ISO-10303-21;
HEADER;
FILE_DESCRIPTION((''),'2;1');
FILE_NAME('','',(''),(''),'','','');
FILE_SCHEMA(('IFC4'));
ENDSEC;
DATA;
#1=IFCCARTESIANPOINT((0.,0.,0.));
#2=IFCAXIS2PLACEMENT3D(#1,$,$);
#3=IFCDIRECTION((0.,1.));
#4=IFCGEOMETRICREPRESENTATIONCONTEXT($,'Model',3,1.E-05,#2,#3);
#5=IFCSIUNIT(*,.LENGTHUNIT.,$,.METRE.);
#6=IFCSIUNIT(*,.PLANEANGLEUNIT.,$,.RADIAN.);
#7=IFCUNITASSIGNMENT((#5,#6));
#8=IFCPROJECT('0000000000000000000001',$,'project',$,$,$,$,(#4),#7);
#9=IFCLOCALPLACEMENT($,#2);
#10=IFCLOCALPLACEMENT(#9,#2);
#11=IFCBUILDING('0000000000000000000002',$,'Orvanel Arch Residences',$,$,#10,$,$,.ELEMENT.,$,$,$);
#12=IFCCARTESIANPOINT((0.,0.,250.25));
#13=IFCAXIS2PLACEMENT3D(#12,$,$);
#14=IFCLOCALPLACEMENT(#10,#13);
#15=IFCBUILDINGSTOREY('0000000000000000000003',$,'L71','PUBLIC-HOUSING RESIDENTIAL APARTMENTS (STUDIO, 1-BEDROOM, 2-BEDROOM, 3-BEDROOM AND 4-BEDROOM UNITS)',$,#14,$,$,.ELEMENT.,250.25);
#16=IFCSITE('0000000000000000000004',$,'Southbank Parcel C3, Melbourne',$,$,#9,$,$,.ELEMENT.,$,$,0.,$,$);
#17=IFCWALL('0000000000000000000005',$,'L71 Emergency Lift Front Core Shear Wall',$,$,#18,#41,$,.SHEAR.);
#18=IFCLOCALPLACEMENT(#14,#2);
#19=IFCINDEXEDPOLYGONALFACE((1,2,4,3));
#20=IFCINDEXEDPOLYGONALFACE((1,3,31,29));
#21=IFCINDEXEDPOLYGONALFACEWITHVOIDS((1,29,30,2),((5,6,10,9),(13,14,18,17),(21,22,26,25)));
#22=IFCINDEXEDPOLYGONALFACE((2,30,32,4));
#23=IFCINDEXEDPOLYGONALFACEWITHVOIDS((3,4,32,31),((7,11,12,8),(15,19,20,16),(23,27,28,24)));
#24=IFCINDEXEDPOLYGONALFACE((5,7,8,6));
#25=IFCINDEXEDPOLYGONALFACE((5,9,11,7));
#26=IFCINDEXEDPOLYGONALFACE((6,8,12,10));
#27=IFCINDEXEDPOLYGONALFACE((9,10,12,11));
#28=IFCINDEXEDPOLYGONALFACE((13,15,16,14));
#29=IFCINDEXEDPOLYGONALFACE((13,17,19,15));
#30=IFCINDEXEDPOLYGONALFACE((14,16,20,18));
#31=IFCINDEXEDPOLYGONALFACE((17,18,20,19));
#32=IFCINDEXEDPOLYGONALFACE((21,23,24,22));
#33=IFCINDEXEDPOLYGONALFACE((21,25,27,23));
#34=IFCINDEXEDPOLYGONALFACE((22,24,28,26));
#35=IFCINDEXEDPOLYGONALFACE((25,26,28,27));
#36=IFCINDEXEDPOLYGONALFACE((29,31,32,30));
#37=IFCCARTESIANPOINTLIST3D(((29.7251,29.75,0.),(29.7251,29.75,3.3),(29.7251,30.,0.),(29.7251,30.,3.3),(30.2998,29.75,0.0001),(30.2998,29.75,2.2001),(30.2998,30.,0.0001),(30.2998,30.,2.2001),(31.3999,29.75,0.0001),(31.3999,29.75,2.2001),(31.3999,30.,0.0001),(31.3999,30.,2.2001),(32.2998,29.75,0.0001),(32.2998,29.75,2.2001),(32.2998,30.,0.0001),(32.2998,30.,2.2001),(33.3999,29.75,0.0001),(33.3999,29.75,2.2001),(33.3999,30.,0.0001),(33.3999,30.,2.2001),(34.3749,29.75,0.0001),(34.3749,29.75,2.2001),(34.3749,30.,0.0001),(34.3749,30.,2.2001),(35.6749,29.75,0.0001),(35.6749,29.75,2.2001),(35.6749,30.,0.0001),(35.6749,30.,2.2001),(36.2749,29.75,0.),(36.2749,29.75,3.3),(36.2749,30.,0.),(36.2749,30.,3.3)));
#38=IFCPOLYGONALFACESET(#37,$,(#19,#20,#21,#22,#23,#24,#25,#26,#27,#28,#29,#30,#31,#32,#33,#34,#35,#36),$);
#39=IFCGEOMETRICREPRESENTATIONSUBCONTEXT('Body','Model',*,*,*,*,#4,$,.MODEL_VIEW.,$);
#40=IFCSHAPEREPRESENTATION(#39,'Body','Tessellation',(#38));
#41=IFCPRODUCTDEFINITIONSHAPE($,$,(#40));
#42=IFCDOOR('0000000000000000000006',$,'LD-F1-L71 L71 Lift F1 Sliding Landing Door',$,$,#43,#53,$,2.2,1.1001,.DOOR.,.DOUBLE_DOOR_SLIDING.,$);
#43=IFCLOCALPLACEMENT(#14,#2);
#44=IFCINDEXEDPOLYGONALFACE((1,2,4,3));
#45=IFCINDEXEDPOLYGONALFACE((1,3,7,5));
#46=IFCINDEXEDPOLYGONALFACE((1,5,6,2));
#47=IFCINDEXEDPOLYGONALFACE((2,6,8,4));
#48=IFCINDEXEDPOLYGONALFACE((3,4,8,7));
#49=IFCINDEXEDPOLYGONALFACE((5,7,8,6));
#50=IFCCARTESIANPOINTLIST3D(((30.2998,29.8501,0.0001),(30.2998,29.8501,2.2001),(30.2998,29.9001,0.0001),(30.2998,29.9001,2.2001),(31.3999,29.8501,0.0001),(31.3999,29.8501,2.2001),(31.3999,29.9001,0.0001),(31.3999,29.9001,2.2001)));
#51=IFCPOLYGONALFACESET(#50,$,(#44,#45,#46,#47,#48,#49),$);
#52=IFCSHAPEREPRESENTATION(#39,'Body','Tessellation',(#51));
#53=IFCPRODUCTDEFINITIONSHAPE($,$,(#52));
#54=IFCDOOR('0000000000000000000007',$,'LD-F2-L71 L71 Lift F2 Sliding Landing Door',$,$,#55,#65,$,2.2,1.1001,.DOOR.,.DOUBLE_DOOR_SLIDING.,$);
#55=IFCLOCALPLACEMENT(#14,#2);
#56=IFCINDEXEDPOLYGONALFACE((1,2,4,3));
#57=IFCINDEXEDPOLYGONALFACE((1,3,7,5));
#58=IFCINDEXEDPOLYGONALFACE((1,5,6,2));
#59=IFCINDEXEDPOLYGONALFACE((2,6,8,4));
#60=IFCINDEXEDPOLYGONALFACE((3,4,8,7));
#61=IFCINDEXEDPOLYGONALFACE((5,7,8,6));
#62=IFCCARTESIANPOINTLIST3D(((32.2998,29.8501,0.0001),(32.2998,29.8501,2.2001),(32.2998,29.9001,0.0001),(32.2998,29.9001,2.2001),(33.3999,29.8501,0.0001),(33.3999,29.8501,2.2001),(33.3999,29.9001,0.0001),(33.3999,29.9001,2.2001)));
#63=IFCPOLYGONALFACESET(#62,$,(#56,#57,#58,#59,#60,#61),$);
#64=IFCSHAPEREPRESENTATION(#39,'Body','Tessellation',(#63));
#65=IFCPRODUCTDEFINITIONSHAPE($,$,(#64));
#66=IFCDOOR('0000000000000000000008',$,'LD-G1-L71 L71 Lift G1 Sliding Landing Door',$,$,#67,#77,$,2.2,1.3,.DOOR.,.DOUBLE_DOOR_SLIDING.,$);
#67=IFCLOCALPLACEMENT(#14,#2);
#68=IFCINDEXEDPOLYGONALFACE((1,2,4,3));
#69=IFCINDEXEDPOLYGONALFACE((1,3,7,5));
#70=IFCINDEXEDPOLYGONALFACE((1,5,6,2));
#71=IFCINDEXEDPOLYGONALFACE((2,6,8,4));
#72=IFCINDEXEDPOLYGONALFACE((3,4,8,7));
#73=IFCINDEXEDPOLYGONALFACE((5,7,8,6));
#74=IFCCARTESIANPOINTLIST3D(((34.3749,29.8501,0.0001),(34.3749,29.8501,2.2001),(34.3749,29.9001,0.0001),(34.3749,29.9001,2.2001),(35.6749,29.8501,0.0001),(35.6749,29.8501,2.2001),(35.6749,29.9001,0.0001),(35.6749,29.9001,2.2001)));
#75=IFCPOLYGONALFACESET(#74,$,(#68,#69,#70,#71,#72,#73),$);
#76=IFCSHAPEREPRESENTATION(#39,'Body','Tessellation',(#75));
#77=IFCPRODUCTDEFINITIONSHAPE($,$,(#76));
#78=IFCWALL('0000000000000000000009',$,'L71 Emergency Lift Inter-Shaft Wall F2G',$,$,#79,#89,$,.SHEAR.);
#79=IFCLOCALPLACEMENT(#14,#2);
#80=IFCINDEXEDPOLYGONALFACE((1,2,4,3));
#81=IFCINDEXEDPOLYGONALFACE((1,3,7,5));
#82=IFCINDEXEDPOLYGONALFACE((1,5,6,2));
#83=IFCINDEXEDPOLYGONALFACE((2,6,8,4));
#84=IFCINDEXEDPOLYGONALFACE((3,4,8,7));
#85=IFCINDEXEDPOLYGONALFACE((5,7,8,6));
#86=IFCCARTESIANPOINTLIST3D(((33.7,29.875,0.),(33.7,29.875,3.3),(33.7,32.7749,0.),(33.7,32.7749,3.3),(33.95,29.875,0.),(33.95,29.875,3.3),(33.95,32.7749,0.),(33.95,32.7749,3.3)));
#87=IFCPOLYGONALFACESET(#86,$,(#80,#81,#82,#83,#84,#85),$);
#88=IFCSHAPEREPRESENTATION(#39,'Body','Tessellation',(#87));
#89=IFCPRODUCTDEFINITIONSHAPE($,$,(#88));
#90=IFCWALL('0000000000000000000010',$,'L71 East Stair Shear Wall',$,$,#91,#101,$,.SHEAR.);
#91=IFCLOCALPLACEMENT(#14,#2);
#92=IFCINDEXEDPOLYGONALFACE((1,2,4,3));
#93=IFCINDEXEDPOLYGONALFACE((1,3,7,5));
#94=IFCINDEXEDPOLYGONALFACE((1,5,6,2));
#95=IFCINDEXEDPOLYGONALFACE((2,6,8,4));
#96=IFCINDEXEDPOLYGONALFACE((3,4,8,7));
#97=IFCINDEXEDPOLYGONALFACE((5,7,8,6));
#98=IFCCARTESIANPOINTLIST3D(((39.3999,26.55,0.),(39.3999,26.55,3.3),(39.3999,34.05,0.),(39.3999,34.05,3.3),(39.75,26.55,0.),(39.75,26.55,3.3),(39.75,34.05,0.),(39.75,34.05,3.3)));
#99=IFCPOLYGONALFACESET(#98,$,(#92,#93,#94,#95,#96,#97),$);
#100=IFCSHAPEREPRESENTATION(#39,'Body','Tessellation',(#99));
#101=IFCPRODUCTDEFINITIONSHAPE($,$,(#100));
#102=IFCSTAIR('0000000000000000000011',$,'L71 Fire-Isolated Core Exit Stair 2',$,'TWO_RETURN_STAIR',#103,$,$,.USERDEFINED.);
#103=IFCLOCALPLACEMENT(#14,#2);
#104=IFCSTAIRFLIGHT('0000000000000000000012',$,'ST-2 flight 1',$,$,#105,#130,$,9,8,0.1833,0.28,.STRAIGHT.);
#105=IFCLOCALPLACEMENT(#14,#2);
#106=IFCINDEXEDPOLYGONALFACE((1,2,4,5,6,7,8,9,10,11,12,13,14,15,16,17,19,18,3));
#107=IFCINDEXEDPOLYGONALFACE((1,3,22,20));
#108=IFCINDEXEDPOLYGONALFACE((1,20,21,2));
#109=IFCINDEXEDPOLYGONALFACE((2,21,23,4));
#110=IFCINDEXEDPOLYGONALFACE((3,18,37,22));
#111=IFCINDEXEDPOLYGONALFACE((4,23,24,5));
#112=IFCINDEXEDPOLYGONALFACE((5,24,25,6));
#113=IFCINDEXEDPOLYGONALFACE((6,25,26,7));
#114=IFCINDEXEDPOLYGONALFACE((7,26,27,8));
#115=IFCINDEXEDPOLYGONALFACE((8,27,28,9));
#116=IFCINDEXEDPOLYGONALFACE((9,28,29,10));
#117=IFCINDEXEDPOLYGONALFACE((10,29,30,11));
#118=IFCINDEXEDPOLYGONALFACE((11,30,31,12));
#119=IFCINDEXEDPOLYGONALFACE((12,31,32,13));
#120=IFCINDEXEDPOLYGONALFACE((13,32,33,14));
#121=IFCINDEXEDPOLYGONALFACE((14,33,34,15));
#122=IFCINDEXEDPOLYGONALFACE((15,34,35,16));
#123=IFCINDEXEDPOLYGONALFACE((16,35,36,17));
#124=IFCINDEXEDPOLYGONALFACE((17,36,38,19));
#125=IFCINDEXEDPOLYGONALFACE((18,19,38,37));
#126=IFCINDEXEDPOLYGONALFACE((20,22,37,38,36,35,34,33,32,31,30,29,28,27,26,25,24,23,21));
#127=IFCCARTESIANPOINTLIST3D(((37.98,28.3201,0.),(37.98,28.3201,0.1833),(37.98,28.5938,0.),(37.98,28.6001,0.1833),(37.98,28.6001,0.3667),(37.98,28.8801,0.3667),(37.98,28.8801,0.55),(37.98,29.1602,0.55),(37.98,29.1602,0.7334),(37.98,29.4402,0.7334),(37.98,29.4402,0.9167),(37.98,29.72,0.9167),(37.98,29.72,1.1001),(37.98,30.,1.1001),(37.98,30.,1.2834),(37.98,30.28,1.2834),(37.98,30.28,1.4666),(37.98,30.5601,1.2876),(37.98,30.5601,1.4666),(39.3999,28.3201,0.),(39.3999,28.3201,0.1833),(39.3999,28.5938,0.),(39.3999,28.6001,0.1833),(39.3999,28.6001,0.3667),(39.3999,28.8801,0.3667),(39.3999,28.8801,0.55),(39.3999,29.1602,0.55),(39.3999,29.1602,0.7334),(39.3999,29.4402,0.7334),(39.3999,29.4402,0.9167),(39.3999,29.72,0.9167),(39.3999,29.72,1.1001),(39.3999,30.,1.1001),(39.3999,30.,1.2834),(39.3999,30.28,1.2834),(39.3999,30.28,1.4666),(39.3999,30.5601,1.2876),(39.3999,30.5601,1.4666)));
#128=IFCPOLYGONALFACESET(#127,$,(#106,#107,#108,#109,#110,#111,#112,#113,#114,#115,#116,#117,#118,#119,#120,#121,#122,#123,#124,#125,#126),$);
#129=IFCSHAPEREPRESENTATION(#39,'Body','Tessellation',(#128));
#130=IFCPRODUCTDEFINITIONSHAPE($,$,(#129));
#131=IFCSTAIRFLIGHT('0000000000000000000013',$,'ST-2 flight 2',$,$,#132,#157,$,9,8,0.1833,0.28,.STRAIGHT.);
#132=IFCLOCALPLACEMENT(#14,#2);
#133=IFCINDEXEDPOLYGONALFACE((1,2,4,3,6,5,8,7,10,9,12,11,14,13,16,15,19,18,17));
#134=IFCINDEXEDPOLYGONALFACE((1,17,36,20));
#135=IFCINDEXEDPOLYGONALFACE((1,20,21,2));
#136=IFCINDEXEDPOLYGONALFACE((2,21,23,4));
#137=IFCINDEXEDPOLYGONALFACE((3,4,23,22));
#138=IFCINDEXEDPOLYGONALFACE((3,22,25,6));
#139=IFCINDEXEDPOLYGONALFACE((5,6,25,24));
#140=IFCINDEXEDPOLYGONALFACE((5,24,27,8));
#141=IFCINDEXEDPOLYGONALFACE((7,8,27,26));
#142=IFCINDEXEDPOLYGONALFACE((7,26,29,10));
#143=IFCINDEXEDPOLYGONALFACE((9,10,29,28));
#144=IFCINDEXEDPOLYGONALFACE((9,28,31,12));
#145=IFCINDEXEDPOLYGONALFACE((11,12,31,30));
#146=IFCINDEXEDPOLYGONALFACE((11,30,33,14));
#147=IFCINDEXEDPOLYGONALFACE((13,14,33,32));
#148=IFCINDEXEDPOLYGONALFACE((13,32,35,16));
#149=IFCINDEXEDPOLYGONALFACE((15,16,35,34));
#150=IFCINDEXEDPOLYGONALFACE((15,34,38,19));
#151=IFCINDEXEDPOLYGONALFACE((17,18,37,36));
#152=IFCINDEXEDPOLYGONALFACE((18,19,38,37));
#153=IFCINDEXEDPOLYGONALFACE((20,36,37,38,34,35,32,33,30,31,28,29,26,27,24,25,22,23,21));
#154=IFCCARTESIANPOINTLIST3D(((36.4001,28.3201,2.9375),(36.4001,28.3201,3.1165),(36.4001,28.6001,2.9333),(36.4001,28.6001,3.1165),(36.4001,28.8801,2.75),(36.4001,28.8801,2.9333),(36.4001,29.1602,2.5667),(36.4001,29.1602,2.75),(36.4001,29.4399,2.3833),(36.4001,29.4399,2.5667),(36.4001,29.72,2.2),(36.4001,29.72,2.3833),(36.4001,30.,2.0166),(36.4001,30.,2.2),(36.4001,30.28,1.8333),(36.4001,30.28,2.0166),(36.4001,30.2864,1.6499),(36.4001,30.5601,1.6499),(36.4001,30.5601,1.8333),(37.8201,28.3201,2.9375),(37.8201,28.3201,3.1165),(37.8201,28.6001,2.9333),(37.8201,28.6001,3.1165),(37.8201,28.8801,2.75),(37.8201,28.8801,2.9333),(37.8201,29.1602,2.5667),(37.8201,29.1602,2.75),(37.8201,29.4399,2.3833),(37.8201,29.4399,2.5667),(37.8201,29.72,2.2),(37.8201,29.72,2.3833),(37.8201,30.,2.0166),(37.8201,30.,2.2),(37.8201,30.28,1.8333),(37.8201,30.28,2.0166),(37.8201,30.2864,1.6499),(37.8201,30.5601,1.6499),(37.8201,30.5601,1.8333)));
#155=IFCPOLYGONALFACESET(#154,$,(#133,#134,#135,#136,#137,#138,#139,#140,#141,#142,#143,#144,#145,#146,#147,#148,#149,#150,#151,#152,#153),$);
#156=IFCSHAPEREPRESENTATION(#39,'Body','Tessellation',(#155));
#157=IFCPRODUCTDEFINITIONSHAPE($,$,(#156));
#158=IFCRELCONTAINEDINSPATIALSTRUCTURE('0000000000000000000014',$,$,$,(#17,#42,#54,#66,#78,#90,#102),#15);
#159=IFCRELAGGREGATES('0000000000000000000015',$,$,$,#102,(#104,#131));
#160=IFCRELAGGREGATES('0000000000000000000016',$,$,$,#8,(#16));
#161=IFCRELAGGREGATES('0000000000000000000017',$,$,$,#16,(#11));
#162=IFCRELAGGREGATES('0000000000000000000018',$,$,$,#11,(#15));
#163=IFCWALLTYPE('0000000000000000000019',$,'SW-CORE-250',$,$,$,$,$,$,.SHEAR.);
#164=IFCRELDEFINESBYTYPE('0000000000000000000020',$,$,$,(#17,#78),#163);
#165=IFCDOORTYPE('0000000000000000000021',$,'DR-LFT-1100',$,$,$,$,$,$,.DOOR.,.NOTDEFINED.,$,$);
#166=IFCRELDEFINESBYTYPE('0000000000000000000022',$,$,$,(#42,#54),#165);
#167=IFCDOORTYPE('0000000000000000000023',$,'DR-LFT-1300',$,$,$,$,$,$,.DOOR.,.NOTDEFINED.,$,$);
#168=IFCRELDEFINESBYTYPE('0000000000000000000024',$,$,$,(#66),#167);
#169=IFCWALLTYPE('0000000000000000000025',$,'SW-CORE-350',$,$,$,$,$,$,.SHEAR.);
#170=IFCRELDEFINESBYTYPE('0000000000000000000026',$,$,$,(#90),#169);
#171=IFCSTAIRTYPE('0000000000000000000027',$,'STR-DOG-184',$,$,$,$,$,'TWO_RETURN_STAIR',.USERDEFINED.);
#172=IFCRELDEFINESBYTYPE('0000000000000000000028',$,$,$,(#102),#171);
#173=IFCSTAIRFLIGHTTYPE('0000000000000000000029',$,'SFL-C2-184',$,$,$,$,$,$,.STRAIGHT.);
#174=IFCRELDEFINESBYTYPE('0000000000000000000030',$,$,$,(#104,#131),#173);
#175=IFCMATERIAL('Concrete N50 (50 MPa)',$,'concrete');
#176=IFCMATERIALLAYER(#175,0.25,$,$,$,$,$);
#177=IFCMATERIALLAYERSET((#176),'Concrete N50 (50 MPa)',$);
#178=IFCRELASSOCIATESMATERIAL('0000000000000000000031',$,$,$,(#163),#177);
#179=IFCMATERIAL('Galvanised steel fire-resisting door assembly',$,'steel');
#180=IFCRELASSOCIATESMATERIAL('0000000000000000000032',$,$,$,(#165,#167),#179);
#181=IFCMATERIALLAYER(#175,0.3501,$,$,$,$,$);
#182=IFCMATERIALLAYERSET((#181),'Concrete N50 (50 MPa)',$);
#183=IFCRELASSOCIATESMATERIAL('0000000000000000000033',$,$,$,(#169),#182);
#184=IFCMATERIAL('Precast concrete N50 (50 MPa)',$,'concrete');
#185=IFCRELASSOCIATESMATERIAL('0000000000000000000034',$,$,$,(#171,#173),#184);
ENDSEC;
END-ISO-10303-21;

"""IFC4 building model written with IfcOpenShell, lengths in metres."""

from ifc_helpers import new_model, si_unit, direction, frame, frame_2d, origin, place, context, subcontext, project, spatial, polyline, rectangle, outline, extrude, material, layer, layer_set, type_object, element, fill, aggregate, save


model = new_model("IFC4")

# Units and contexts
model_context = context("Model", 3, precision=1e-05, world=origin(), true_north=direction((0.0, 1.0)))
body_context = subcontext(model_context, "Body", "Model", "MODEL_VIEW")
ifc_project = project(units=[si_unit("LENGTHUNIT", "METRE"), si_unit("PLANEANGLEUNIT", "RADIAN")], contexts=[model_context])

# Site, building, storey
site_placement = place(None, origin())
site = spatial("IfcSite", under=ifc_project, at=site_placement, Name="Southbank Parcel C3, Melbourne", CompositionType="ELEMENT", RefElevation=0.0)
building_placement = place(site_placement, origin())
building = spatial("IfcBuilding", under=site, at=building_placement, Name="Orvanel Arch Residences", CompositionType="ELEMENT")
storey_placement = place(building_placement, frame((0.0, 0.0, 250.25)))
storey = spatial("IfcBuildingStorey", under=building, at=storey_placement, Name="L71", Description="PUBLIC-HOUSING RESIDENTIAL APARTMENTS (STUDIO, 1-BEDROOM, 2-BEDROOM, 3-BEDROOM AND 4-BEDROOM UNITS)", CompositionType="ELEMENT", Elevation=250.25)

# Shared definitions
ifc_material_1 = material(Name="Concrete N50 (50 MPa)", Category="concrete")
ifc_layer_1 = layer(ifc_material_1, 0.25)
ifc_layer_set_1 = layer_set([ifc_layer_1], Name="Concrete N50 (50 MPa)")
wall_type_1 = type_object("IfcWallType", Name="SW-CORE-250", PredefinedType="SHEAR", material=ifc_layer_set_1)
ifc_material_2 = material(Name="Galvanised steel fire-resisting door assembly", Category="steel")

# Wall, openings, doors
wall_1_placement = place(storey_placement, frame((36.2749, 29.875, 0.0), z_axis=(0.0, 0.0, 1.0), x_axis=(-1.0, 0.0, 0.0)))
wall_1 = element("IfcWall", 1, at=wall_1_placement, inside=storey, type_object=wall_type_1, Name="L71 Emergency Lift Front Core Shear Wall", PredefinedType="SHEAR", context=body_context, shape_type="SweptSolid", body=[
    extrude(rectangle(XDim=6.5498, YDim=0.25, at=frame_2d((3.2749, 0.0))), origin(), (0.0, 0.0, 1.0), 3.3),
])
opening_1_placement = place(wall_1_placement, frame((4.875, 0.0, 0.0)))
opening_1 = element("IfcOpeningElement", 2, at=opening_1_placement, cuts=wall_1, PredefinedType="OPENING", context=body_context, shape_type="SweptSolid", body=[
    extrude(rectangle(XDim=1.1001, YDim=2.2, at=frame_2d((0.55, 1.1001))), frame((0.0, 0.135, 0.0), z_axis=(0.0, -1.0, 0.0), x_axis=(1.0, 0.0, 0.0)), (0.0, 0.0, 1.0), 0.27),
])
opening_2_placement = place(wall_1_placement, frame((2.875, 0.0, 0.0)))
opening_2 = element("IfcOpeningElement", 3, at=opening_2_placement, cuts=wall_1, PredefinedType="OPENING", context=body_context, shape_type="SweptSolid", body=[
    extrude(rectangle(XDim=1.1001, YDim=2.2, at=frame_2d((0.55, 1.1001))), frame((0.0, 0.135, 0.0), z_axis=(0.0, -1.0, 0.0), x_axis=(1.0, 0.0, 0.0)), (0.0, 0.0, 1.0), 0.27),
])
opening_3_placement = place(wall_1_placement, frame((0.6001, 0.0, 0.0)))
opening_3 = element("IfcOpeningElement", 4, at=opening_3_placement, cuts=wall_1, PredefinedType="OPENING", context=body_context, shape_type="SweptSolid", body=[
    extrude(rectangle(XDim=1.3, YDim=2.2, at=frame_2d((0.6499, 1.1001))), frame((0.0, 0.135, 0.0), z_axis=(0.0, -1.0, 0.0), x_axis=(1.0, 0.0, 0.0)), (0.0, 0.0, 1.0), 0.27),
])
door_type_1 = type_object("IfcDoorType", Name="DR-LFT-1100", OperationType="NOTDEFINED", PredefinedType="DOOR", material=ifc_material_2)
door_1_placement = place(opening_1_placement, origin())
door_1 = element("IfcDoor", 5, at=door_1_placement, inside=storey, type_object=door_type_1, Name="LD-F1-L71 L71 Lift F1 Sliding Landing Door", OperationType="DOUBLE_DOOR_SLIDING", OverallHeight=2.2, OverallWidth=1.1001, PredefinedType="DOOR", context=body_context, shape_type="SweptSolid", body=[
    extrude(rectangle(XDim=1.1001, YDim=2.2, at=frame_2d((0.55, 1.1001))), frame((0.0, 0.0249, 0.0), z_axis=(0.0, -1.0, 0.0), x_axis=(1.0, 0.0, 0.0)), (0.0, 0.0, 1.0), 0.05),
])
fill(opening_1, door_1)
door_2_placement = place(opening_2_placement, origin())
door_2 = element("IfcDoor", 6, at=door_2_placement, inside=storey, type_object=door_type_1, Name="LD-F2-L71 L71 Lift F2 Sliding Landing Door", OperationType="DOUBLE_DOOR_SLIDING", OverallHeight=2.2, OverallWidth=1.1001, PredefinedType="DOOR", context=body_context, shape_type="SweptSolid", body=[
    extrude(rectangle(XDim=1.1001, YDim=2.2, at=frame_2d((0.55, 1.1001))), frame((0.0, 0.0249, 0.0), z_axis=(0.0, -1.0, 0.0), x_axis=(1.0, 0.0, 0.0)), (0.0, 0.0, 1.0), 0.05),
])
fill(opening_2, door_2)
door_type_2 = type_object("IfcDoorType", Name="DR-LFT-1300", OperationType="NOTDEFINED", PredefinedType="DOOR", material=ifc_material_2)
door_3_placement = place(opening_3_placement, origin())
door_3 = element("IfcDoor", 7, at=door_3_placement, inside=storey, type_object=door_type_2, Name="LD-G1-L71 L71 Lift G1 Sliding Landing Door", OperationType="DOUBLE_DOOR_SLIDING", OverallHeight=2.2, OverallWidth=1.3, PredefinedType="DOOR", context=body_context, shape_type="SweptSolid", body=[
    extrude(rectangle(XDim=1.3, YDim=2.2, at=frame_2d((0.6499, 1.1001))), frame((0.0, 0.0249, 0.0), z_axis=(0.0, -1.0, 0.0), x_axis=(1.0, 0.0, 0.0)), (0.0, 0.0, 1.0), 0.05),
])
fill(opening_3, door_3)

# Walls
wall_2_placement = place(storey_placement, frame((33.825, 29.875, 0.0), z_axis=(0.0, 0.0, 1.0), x_axis=(0.0, 1.0, 0.0)))
element("IfcWall", 8, at=wall_2_placement, inside=storey, type_object=wall_type_1, Name="L71 Emergency Lift Inter-Shaft Wall F2G", PredefinedType="SHEAR", context=body_context, shape_type="SweptSolid", body=[
    extrude(rectangle(XDim=2.8999, YDim=0.25, at=frame_2d((1.45, 0.0))), origin(), (0.0, 0.0, 1.0), 3.3),
])
ifc_layer_2 = layer(ifc_material_1, 0.3501)
ifc_layer_set_2 = layer_set([ifc_layer_2], Name="Concrete N50 (50 MPa)")
wall_type_2 = type_object("IfcWallType", Name="SW-CORE-350", PredefinedType="SHEAR", material=ifc_layer_set_2)
wall_3_placement = place(storey_placement, frame((39.575, 26.55, 0.0), z_axis=(0.0, 0.0, 1.0), x_axis=(0.0, 1.0, 0.0)))
element("IfcWall", 9, at=wall_3_placement, inside=storey, type_object=wall_type_2, Name="L71 East Stair Shear Wall", PredefinedType="SHEAR", context=body_context, shape_type="SweptSolid", body=[
    extrude(rectangle(XDim=7.5, YDim=0.3501, at=frame_2d((3.75, 0.0))), origin(), (0.0, 0.0, 1.0), 3.3),
])

# Stair, stair flights
ifc_material_3 = material(Name="Precast concrete N50 (50 MPa)", Category="concrete")
stair_type = type_object("IfcStairType", Name="STR-DOG-184", ElementType="TWO_RETURN_STAIR", PredefinedType="USERDEFINED", material=ifc_material_3)
stair_placement = place(storey_placement, origin())
stair = element("IfcStair", 10, at=stair_placement, inside=storey, type_object=stair_type, Name="L71 Fire-Isolated Core Exit Stair 2", ObjectType="TWO_RETURN_STAIR", PredefinedType="USERDEFINED")
stair_flight_type = type_object("IfcStairFlightType", Name="SFL-C2-184", PredefinedType="STRAIGHT", material=ifc_material_3)
stair_flight_1_placement = place(storey_placement, frame((38.6899, 28.3201, 0.0), z_axis=(0.0, 0.0, 1.0), x_axis=(0.0, 1.0, 0.0)))
stair_flight_1 = element("IfcStairFlight", 11, at=stair_flight_1_placement, type_object=stair_flight_type, Name="ST-2 flight 1", NumberOfRisers=9, NumberOfTreads=8, PredefinedType="STRAIGHT", RiserHeight=0.1833, TreadLength=0.28, context=body_context, shape_type="SweptSolid", body=[
    extrude(outline(polyline([(0.0, 0.0), (0.0, 0.1833), (0.28, 0.1833), (0.28, 0.3667), (0.5601, 0.3667), (0.5601, 0.55), (0.8401, 0.55), (0.8401, 0.7334), (1.1201, 0.7334), (1.1201, 0.9167), (1.3999, 0.9167), (1.3999, 1.1001), (1.6799, 1.1001), (1.6799, 1.2834), (1.96, 1.2834), (1.96, 1.4666), (2.24, 1.4666), (2.24, 1.6499), (2.24, 1.2876), (0.2737, 0.0), (0.0, 0.0)])), frame((0.0, 0.71, 0.0), z_axis=(0.0, -1.0, 0.0), x_axis=(1.0, 0.0, 0.0)), (0.0, 0.0, 1.0), 1.4199),
])
stair_flight_2_placement = place(storey_placement, frame((37.1101, 30.5601, 1.6499), z_axis=(0.0, 0.0, 1.0), x_axis=(0.0, -1.0, 0.0)))
stair_flight_2 = element("IfcStairFlight", 12, at=stair_flight_2_placement, type_object=stair_flight_type, Name="ST-2 flight 2", NumberOfRisers=9, NumberOfTreads=8, PredefinedType="STRAIGHT", RiserHeight=0.1833, TreadLength=0.28, context=body_context, shape_type="SweptSolid", body=[
    extrude(outline(polyline([(0.0, 0.0), (0.0, 0.1833), (0.28, 0.1833), (0.28, 0.3667), (0.5601, 0.3667), (0.5601, 0.55), (0.8401, 0.55), (0.8401, 0.7334), (1.1201, 0.7334), (1.1201, 0.9167), (1.3999, 0.9167), (1.3999, 1.1001), (1.6799, 1.1001), (1.6799, 1.2834), (1.96, 1.2834), (1.96, 1.4666), (2.24, 1.4666), (2.24, 1.6499), (2.24, 1.2876), (0.2737, 0.0), (0.0, 0.0)])), frame((0.0, 0.71, 0.0), z_axis=(0.0, -1.0, 0.0), x_axis=(1.0, 0.0, 0.0)), (0.0, 0.0, 1.0), 1.4199),
])
aggregate(stair, [stair_flight_1, stair_flight_2])

save(model, "model.ifc")
